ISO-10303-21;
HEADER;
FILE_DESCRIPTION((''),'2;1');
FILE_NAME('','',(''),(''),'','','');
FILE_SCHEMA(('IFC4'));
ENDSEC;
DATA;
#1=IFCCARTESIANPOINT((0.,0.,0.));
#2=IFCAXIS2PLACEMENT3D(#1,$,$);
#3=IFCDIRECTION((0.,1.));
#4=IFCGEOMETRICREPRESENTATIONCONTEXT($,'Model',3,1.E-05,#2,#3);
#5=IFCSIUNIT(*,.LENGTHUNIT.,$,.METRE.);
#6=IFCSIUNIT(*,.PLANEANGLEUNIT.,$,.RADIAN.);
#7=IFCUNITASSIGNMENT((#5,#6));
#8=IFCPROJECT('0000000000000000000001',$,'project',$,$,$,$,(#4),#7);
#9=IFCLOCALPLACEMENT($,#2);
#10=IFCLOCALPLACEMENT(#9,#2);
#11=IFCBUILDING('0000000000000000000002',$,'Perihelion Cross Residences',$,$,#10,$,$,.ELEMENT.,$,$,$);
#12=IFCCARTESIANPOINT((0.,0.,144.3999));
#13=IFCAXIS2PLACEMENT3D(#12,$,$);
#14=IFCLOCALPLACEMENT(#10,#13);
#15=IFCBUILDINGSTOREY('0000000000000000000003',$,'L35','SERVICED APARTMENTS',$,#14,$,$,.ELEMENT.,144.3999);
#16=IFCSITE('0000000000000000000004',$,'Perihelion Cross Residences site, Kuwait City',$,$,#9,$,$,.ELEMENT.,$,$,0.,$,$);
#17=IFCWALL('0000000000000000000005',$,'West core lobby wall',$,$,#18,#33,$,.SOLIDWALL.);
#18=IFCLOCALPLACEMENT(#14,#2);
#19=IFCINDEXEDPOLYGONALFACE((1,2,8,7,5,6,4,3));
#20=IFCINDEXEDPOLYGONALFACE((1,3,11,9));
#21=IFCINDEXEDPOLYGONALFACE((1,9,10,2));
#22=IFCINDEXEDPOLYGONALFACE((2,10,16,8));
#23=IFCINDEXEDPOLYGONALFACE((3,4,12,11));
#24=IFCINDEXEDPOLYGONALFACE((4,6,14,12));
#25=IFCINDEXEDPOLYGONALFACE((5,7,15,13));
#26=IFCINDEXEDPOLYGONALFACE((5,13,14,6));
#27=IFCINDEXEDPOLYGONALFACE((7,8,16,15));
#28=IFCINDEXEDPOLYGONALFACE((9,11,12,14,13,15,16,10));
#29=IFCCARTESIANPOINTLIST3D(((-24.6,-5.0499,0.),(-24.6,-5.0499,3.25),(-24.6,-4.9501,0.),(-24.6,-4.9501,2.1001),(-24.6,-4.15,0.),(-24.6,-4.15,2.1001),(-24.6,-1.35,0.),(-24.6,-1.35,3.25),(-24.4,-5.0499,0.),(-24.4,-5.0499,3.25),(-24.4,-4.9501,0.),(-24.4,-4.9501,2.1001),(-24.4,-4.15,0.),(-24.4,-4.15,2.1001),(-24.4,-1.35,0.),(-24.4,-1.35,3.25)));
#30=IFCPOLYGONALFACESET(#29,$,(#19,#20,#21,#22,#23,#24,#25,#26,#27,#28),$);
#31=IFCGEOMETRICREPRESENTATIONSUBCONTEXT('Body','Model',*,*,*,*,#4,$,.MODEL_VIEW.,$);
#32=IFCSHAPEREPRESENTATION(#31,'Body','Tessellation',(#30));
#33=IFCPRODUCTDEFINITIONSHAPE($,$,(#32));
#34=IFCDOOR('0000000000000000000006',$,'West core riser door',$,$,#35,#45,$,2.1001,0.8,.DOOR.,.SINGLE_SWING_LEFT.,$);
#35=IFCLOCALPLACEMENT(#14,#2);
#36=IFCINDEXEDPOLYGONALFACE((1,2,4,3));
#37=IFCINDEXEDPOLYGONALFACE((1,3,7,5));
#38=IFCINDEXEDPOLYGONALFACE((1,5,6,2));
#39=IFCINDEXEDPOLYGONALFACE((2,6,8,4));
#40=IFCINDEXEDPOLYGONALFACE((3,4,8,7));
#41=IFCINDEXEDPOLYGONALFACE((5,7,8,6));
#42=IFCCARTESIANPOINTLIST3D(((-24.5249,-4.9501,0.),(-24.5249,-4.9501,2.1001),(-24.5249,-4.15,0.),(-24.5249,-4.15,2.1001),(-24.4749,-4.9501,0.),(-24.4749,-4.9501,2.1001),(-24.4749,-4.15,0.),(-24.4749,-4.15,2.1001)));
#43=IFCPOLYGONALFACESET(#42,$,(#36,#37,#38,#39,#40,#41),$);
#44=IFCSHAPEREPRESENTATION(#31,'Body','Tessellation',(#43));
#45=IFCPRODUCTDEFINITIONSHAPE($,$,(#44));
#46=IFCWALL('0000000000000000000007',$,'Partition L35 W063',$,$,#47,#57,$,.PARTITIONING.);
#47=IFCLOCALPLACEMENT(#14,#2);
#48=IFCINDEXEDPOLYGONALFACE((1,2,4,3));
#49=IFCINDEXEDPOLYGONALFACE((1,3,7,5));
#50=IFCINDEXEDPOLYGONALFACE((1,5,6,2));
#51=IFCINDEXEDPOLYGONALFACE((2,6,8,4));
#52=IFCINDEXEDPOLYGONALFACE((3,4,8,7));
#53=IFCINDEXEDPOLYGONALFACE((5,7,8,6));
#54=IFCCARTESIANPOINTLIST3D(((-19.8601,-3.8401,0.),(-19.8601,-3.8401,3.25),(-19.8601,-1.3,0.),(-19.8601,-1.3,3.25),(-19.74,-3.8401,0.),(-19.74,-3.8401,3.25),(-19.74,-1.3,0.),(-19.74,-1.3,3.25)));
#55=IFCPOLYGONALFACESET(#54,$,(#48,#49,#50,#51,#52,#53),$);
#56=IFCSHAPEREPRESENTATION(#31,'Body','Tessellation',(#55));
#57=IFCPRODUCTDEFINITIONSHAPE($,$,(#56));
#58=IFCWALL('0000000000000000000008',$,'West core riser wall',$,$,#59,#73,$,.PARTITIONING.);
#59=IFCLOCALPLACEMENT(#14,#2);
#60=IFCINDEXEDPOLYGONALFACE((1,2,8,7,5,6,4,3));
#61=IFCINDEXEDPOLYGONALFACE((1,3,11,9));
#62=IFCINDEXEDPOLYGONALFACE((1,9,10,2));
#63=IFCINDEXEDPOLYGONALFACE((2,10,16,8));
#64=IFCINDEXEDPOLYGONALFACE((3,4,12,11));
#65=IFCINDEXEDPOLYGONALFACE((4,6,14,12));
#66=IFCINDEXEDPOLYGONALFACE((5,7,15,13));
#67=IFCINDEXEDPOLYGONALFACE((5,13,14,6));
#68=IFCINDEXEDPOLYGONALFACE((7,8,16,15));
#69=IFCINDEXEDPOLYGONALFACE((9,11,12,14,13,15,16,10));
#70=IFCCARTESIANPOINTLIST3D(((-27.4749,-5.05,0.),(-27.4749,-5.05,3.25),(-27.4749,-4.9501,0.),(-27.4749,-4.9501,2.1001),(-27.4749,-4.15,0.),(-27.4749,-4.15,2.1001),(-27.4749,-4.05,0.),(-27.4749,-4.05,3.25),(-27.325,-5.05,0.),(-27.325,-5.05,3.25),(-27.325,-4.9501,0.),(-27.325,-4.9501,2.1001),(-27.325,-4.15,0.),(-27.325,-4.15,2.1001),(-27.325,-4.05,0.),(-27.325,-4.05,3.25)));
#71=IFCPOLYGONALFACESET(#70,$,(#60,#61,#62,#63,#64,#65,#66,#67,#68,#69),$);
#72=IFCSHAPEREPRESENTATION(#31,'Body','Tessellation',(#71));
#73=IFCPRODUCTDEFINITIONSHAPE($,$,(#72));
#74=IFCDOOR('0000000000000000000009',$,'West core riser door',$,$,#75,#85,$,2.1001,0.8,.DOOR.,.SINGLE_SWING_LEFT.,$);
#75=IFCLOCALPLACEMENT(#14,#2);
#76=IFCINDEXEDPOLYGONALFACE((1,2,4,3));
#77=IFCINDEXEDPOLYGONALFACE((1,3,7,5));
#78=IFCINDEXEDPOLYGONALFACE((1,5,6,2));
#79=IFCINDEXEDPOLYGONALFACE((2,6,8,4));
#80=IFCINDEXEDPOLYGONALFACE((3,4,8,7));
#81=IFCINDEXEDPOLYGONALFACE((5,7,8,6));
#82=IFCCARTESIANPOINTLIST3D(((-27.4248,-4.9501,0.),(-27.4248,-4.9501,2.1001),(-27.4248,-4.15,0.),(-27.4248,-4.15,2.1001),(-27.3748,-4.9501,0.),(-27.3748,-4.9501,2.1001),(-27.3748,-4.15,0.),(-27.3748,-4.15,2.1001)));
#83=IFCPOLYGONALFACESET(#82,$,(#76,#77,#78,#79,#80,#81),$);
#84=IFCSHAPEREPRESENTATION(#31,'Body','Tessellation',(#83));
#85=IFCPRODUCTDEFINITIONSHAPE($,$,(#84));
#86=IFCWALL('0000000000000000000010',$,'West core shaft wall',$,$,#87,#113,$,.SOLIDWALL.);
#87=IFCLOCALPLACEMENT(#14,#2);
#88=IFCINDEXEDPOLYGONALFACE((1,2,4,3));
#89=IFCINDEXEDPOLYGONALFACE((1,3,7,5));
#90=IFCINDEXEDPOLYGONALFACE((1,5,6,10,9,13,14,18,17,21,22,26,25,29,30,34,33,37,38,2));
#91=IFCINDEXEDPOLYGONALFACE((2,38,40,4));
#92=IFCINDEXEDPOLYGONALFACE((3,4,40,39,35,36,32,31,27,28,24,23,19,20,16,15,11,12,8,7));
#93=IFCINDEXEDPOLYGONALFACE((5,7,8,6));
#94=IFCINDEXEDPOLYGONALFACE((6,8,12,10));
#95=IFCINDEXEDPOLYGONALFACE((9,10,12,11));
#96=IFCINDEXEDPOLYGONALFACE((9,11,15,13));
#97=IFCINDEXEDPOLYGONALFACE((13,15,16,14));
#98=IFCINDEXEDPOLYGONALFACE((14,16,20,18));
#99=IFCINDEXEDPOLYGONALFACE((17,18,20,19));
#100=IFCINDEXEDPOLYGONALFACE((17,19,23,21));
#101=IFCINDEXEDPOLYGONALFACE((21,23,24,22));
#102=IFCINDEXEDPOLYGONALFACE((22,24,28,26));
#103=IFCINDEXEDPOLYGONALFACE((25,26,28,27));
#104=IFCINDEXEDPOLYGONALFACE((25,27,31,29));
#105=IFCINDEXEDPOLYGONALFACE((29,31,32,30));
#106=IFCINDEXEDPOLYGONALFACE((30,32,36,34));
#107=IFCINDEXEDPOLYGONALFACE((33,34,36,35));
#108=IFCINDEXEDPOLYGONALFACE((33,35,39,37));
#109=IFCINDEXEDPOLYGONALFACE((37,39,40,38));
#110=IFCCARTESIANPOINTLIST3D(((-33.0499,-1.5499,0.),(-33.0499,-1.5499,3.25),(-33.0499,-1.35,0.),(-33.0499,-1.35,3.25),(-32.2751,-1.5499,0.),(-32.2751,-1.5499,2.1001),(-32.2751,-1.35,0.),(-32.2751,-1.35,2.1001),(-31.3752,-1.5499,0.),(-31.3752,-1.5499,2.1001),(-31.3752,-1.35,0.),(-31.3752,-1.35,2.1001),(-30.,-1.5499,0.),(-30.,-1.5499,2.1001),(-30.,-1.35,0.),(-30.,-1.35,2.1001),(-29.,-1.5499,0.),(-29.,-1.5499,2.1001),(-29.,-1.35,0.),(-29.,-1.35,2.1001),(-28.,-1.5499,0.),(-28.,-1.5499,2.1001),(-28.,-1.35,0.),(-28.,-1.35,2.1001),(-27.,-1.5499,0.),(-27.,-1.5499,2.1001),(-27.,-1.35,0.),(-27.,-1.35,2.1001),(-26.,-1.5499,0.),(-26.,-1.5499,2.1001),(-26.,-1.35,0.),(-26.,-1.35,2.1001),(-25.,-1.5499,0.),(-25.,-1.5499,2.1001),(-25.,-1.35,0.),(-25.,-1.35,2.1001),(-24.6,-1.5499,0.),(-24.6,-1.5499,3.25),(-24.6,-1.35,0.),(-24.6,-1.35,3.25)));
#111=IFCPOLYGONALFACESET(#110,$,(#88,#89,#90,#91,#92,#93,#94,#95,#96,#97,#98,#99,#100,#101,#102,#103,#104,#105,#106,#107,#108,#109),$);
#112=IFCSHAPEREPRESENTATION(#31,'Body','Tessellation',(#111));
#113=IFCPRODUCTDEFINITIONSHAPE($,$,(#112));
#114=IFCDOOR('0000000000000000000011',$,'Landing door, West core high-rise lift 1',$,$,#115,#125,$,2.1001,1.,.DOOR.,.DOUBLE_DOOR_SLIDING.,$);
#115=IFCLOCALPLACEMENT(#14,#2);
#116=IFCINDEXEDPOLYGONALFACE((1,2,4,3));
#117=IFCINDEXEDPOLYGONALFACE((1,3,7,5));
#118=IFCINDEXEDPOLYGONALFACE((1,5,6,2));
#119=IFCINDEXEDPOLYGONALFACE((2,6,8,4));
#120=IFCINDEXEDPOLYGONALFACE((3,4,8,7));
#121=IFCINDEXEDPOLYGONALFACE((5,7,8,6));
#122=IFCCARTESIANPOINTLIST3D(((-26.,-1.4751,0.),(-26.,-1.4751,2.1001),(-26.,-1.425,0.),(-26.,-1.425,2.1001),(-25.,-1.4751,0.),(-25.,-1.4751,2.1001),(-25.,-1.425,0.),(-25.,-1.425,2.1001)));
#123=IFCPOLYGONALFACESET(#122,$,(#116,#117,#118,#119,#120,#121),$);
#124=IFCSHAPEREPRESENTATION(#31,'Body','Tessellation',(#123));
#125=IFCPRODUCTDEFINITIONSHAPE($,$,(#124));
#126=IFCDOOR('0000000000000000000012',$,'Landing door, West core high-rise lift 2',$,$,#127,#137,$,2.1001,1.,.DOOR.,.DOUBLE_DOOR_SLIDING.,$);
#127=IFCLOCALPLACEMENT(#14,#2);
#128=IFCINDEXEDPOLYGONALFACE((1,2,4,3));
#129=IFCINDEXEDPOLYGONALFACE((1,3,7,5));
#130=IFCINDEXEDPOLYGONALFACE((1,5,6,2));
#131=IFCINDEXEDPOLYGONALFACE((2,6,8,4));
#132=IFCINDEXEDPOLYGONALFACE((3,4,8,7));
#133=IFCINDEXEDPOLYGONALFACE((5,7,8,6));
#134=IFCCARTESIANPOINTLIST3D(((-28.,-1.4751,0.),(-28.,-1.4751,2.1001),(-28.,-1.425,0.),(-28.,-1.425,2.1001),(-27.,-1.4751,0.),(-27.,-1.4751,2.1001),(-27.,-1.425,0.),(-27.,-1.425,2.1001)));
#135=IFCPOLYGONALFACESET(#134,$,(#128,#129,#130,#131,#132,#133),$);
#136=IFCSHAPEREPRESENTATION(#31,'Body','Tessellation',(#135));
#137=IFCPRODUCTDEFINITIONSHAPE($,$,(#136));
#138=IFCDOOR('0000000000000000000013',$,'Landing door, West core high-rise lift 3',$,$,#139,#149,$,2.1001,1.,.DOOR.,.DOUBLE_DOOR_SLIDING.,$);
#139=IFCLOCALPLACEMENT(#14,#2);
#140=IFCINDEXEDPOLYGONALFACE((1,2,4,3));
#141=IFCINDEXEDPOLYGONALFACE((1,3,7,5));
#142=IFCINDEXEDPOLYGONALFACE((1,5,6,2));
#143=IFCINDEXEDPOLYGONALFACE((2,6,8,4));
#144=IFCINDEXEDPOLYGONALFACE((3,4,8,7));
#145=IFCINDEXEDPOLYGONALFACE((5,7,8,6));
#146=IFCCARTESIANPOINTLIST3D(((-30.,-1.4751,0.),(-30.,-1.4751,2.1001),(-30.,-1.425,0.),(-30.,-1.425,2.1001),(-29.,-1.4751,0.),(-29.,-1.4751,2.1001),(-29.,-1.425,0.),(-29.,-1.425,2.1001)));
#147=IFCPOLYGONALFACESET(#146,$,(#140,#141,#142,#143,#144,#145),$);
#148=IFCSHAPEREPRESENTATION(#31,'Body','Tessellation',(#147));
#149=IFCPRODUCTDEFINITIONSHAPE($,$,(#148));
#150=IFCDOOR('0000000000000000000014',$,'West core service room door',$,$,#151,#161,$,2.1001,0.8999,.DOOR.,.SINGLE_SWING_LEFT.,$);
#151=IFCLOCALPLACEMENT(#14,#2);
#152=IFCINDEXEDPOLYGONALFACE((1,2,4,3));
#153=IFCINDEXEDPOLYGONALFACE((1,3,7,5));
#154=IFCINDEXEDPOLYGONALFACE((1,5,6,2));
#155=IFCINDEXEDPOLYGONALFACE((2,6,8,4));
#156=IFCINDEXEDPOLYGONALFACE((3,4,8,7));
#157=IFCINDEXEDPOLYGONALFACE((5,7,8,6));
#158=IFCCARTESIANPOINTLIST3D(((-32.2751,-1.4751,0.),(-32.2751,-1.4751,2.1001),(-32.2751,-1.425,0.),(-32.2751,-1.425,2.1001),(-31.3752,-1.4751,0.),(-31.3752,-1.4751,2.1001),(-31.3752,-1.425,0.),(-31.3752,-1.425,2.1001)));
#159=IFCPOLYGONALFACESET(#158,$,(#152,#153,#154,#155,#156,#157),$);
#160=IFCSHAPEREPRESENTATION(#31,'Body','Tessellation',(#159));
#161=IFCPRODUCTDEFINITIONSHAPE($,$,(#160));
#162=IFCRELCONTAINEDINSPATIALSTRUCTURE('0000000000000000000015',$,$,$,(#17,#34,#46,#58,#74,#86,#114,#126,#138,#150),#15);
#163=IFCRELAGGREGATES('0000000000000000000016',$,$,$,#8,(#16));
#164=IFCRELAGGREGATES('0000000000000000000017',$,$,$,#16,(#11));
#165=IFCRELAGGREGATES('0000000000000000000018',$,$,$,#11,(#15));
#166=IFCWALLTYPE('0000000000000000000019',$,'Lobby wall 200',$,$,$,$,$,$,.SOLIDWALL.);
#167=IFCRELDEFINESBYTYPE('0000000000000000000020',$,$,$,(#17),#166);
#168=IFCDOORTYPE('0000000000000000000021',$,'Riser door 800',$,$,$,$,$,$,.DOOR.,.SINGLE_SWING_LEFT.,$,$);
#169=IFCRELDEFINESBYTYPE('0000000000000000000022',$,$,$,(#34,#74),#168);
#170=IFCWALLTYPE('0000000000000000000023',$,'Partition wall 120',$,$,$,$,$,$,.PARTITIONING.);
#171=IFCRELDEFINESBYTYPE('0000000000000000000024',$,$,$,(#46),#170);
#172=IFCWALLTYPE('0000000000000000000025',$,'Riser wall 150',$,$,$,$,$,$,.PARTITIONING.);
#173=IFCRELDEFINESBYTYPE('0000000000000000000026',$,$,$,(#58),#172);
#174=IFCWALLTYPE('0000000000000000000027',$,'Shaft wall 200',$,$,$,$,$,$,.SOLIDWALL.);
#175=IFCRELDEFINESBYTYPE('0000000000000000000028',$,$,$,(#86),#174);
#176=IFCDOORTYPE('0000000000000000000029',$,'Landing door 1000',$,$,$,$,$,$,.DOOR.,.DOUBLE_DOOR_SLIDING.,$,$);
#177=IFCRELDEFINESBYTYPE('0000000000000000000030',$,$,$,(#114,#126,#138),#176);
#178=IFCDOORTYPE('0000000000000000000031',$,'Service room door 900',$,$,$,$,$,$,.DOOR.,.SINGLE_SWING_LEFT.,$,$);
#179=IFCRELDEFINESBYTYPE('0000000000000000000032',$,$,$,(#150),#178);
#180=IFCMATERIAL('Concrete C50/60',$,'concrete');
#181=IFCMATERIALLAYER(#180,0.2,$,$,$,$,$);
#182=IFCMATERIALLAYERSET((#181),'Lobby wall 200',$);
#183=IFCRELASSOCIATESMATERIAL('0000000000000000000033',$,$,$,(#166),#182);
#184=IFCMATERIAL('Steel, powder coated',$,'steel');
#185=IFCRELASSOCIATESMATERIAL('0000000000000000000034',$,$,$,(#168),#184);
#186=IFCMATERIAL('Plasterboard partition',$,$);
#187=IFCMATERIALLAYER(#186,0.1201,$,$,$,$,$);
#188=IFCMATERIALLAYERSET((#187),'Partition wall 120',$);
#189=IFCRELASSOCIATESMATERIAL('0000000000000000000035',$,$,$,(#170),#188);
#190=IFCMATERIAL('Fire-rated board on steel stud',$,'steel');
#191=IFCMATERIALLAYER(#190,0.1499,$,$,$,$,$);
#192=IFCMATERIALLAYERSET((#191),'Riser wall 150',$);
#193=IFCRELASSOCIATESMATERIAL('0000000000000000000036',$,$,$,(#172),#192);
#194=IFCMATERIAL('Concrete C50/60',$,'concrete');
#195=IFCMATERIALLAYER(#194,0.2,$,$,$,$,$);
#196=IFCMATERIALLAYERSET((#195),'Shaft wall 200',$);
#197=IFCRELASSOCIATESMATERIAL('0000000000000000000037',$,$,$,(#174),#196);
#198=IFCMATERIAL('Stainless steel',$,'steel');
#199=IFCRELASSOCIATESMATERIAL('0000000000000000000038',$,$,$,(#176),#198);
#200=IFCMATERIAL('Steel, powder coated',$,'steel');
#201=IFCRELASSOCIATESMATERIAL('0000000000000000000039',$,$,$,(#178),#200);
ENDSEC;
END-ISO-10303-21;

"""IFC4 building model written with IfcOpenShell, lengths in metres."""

from ifc_helpers import new_model, si_unit, direction, frame, frame_2d, origin, place, context, subcontext, project, spatial, rectangle, extrude, material, layer, layer_set, type_object, element, fill, save


model = new_model("IFC4")

# Units and contexts
model_context = context("Model", 3, precision=1e-05, world=origin(), true_north=direction((0.0, 1.0)))
body_context = subcontext(model_context, "Body", "Model", "MODEL_VIEW")
ifc_project = project(units=[si_unit("LENGTHUNIT", "METRE"), si_unit("PLANEANGLEUNIT", "RADIAN")], contexts=[model_context])

# Site, building, storey
site_placement = place(None, origin())
site = spatial("IfcSite", under=ifc_project, at=site_placement, Name="Perihelion Cross Residences site, Kuwait City", CompositionType="ELEMENT", RefElevation=0.0)
building_placement = place(site_placement, origin())
building = spatial("IfcBuilding", under=site, at=building_placement, Name="Perihelion Cross Residences", CompositionType="ELEMENT")
storey_placement = place(building_placement, frame((0.0, 0.0, 144.3999)))
storey = spatial("IfcBuildingStorey", under=building, at=storey_placement, Name="L35", Description="SERVICED APARTMENTS", CompositionType="ELEMENT", Elevation=144.3999)

# Wall, opening, door
ifc_material_1 = material(Name="Concrete C50/60", Category="concrete")
ifc_layer_1 = layer(ifc_material_1, 0.2)
ifc_layer_set_1 = layer_set([ifc_layer_1], Name="Lobby wall 200")
wall_type_1 = type_object("IfcWallType", Name="Lobby wall 200", PredefinedType="SOLIDWALL", material=ifc_layer_set_1)
wall_1_placement = place(storey_placement, frame((-24.5, -5.05, 0.0), z_axis=(0.0, 0.0, 1.0), x_axis=(0.0, 1.0, 0.0)))
wall_1 = element("IfcWall", 1, at=wall_1_placement, inside=storey, type_object=wall_type_1, Name="West core lobby wall", PredefinedType="SOLIDWALL", context=body_context, shape_type="SweptSolid", body=[
    extrude(rectangle(XDim=3.7, YDim=0.2, at=frame_2d((1.8501, 0.0))), origin(), (0.0, 0.0, 1.0), 3.25),
])
opening_1_placement = place(wall_1_placement, frame((0.1001, 0.0, 0.0)))
opening_1 = element("IfcOpeningElement", 2, at=opening_1_placement, cuts=wall_1, PredefinedType="OPENING", context=body_context, shape_type="SweptSolid", body=[
    extrude(rectangle(XDim=0.8, YDim=2.1001, at=frame_2d((0.3999, 1.05))), frame((0.0, 0.1099, 0.0), z_axis=(0.0, -1.0, 0.0), x_axis=(1.0, 0.0, 0.0)), (0.0, 0.0, 1.0), 0.22),
])
ifc_material_2 = material(Name="Steel, powder coated", Category="steel")
door_type_1 = type_object("IfcDoorType", Name="Riser door 800", OperationType="SINGLE_SWING_LEFT", PredefinedType="DOOR", material=ifc_material_2)
door_1_placement = place(opening_1_placement, origin())
door_1 = element("IfcDoor", 3, at=door_1_placement, inside=storey, type_object=door_type_1, Name="West core riser door", OperationType="SINGLE_SWING_LEFT", OverallHeight=2.1001, OverallWidth=0.8, PredefinedType="DOOR", context=body_context, shape_type="SweptSolid", body=[
    extrude(rectangle(XDim=0.8, YDim=2.1001, at=frame_2d((0.3999, 1.05))), frame((0.0, 0.0249, 0.0), z_axis=(0.0, -1.0, 0.0), x_axis=(1.0, 0.0, 0.0)), (0.0, 0.0, 1.0), 0.05),
])
fill(opening_1, door_1)

# Wall
ifc_material_3 = material(Name="Plasterboard partition")
ifc_layer_2 = layer(ifc_material_3, 0.1201)
ifc_layer_set_2 = layer_set([ifc_layer_2], Name="Partition wall 120")
wall_type_2 = type_object("IfcWallType", Name="Partition wall 120", PredefinedType="PARTITIONING", material=ifc_layer_set_2)
wall_2_placement = place(storey_placement, frame((-19.8, -3.8401, 0.0), z_axis=(0.0, 0.0, 1.0), x_axis=(0.0, 1.0, 0.0)))
element("IfcWall", 4, at=wall_2_placement, inside=storey, type_object=wall_type_2, Name="Partition L35 W063", PredefinedType="PARTITIONING", context=body_context, shape_type="SweptSolid", body=[
    extrude(rectangle(XDim=2.54, YDim=0.1201, at=frame_2d((1.27, 0.0))), origin(), (0.0, 0.0, 1.0), 3.25),
])

# Wall, opening, door
ifc_material_4 = material(Name="Fire-rated board on steel stud", Category="steel")
ifc_layer_3 = layer(ifc_material_4, 0.1499)
ifc_layer_set_3 = layer_set([ifc_layer_3], Name="Riser wall 150")
wall_type_3 = type_object("IfcWallType", Name="Riser wall 150", PredefinedType="PARTITIONING", material=ifc_layer_set_3)
wall_3_placement = place(storey_placement, frame((-27.3999, -5.05, 0.0), z_axis=(0.0, 0.0, 1.0), x_axis=(0.0, 1.0, 0.0)))
wall_3 = element("IfcWall", 5, at=wall_3_placement, inside=storey, type_object=wall_type_3, Name="West core riser wall", PredefinedType="PARTITIONING", context=body_context, shape_type="SweptSolid", body=[
    extrude(rectangle(XDim=1.0, YDim=0.1499, at=frame_2d((0.5, 0.0))), origin(), (0.0, 0.0, 1.0), 3.25),
])
opening_2_placement = place(wall_3_placement, frame((0.1001, 0.0, 0.0)))
opening_2 = element("IfcOpeningElement", 6, at=opening_2_placement, cuts=wall_3, PredefinedType="OPENING", context=body_context, shape_type="SweptSolid", body=[
    extrude(rectangle(XDim=0.8, YDim=2.1001, at=frame_2d((0.3999, 1.05))), frame((0.0, 0.085, 0.0), z_axis=(0.0, -1.0, 0.0), x_axis=(1.0, 0.0, 0.0)), (0.0, 0.0, 1.0), 0.1699),
])
door_2_placement = place(opening_2_placement, origin())
door_2 = element("IfcDoor", 7, at=door_2_placement, inside=storey, type_object=door_type_1, Name="West core riser door", OperationType="SINGLE_SWING_LEFT", OverallHeight=2.1001, OverallWidth=0.8, PredefinedType="DOOR", context=body_context, shape_type="SweptSolid", body=[
    extrude(rectangle(XDim=0.8, YDim=2.1001, at=frame_2d((0.3999, 1.05))), frame((0.0, 0.0249, 0.0), z_axis=(0.0, -1.0, 0.0), x_axis=(1.0, 0.0, 0.0)), (0.0, 0.0, 1.0), 0.05),
])
fill(opening_2, door_2)

# Wall, openings, doors
ifc_material_5 = material(Name="Concrete C50/60", Category="concrete")
ifc_layer_4 = layer(ifc_material_5, 0.2)
ifc_layer_set_4 = layer_set([ifc_layer_4], Name="Shaft wall 200")
wall_type_4 = type_object("IfcWallType", Name="Shaft wall 200", PredefinedType="SOLIDWALL", material=ifc_layer_set_4)
wall_4_placement = place(storey_placement, frame((-33.05, -1.45, 0.0), z_axis=(0.0, 0.0, 1.0), x_axis=(1.0, 0.0, 0.0)))
wall_4 = element("IfcWall", 8, at=wall_4_placement, inside=storey, type_object=wall_type_4, Name="West core shaft wall", PredefinedType="SOLIDWALL", context=body_context, shape_type="SweptSolid", body=[
    extrude(rectangle(XDim=8.45, YDim=0.2, at=frame_2d((4.2251, 0.0))), origin(), (0.0, 0.0, 1.0), 3.25),
])
opening_3_placement = place(wall_4_placement, frame((7.05, 0.0, 0.0)))
opening_3 = element("IfcOpeningElement", 9, at=opening_3_placement, cuts=wall_4, PredefinedType="OPENING", context=body_context, shape_type="SweptSolid", body=[
    extrude(rectangle(XDim=1.0, YDim=2.1001, at=frame_2d((0.5, 1.05))), frame((0.0, 0.1099, 0.0), z_axis=(0.0, -1.0, 0.0), x_axis=(1.0, 0.0, 0.0)), (0.0, 0.0, 1.0), 0.22),
])
opening_4_placement = place(wall_4_placement, frame((5.05, 0.0, 0.0)))
opening_4 = element("IfcOpeningElement", 10, at=opening_4_placement, cuts=wall_4, PredefinedType="OPENING", context=body_context, shape_type="SweptSolid", body=[
    extrude(rectangle(XDim=1.0, YDim=2.1001, at=frame_2d((0.5, 1.05))), frame((0.0, 0.1099, 0.0), z_axis=(0.0, -1.0, 0.0), x_axis=(1.0, 0.0, 0.0)), (0.0, 0.0, 1.0), 0.22),
])
opening_5_placement = place(wall_4_placement, frame((3.05, 0.0, 0.0)))
opening_5 = element("IfcOpeningElement", 11, at=opening_5_placement, cuts=wall_4, PredefinedType="OPENING", context=body_context, shape_type="SweptSolid", body=[
    extrude(rectangle(XDim=1.0, YDim=2.1001, at=frame_2d((0.5, 1.05))), frame((0.0, 0.1099, 0.0), z_axis=(0.0, -1.0, 0.0), x_axis=(1.0, 0.0, 0.0)), (0.0, 0.0, 1.0), 0.22),
])
opening_6_placement = place(wall_4_placement, frame((0.7749, 0.0, 0.0)))
opening_6 = element("IfcOpeningElement", 12, at=opening_6_placement, cuts=wall_4, PredefinedType="OPENING", context=body_context, shape_type="SweptSolid", body=[
    extrude(rectangle(XDim=0.8999, YDim=2.1001, at=frame_2d((0.45, 1.05))), frame((0.0, 0.1099, 0.0), z_axis=(0.0, -1.0, 0.0), x_axis=(1.0, 0.0, 0.0)), (0.0, 0.0, 1.0), 0.22),
])
ifc_material_6 = material(Name="Stainless steel", Category="steel")
door_type_2 = type_object("IfcDoorType", Name="Landing door 1000", OperationType="DOUBLE_DOOR_SLIDING", PredefinedType="DOOR", material=ifc_material_6)
door_3_placement = place(opening_3_placement, origin())
door_3 = element("IfcDoor", 13, at=door_3_placement, inside=storey, type_object=door_type_2, Name="Landing door, West core high-rise lift 1", OperationType="DOUBLE_DOOR_SLIDING", OverallHeight=2.1001, OverallWidth=1.0, PredefinedType="DOOR", context=body_context, shape_type="SweptSolid", body=[
    extrude(rectangle(XDim=1.0, YDim=2.1001, at=frame_2d((0.5, 1.05))), frame((0.0, 0.0249, 0.0), z_axis=(0.0, -1.0, 0.0), x_axis=(1.0, 0.0, 0.0)), (0.0, 0.0, 1.0), 0.05),
])
fill(opening_3, door_3)
door_4_placement = place(opening_4_placement, origin())
door_4 = element("IfcDoor", 14, at=door_4_placement, inside=storey, type_object=door_type_2, Name="Landing door, West core high-rise lift 2", OperationType="DOUBLE_DOOR_SLIDING", OverallHeight=2.1001, OverallWidth=1.0, PredefinedType="DOOR", context=body_context, shape_type="SweptSolid", body=[
    extrude(rectangle(XDim=1.0, YDim=2.1001, at=frame_2d((0.5, 1.05))), frame((0.0, 0.0249, 0.0), z_axis=(0.0, -1.0, 0.0), x_axis=(1.0, 0.0, 0.0)), (0.0, 0.0, 1.0), 0.05),
])
fill(opening_4, door_4)
door_5_placement = place(opening_5_placement, origin())
door_5 = element("IfcDoor", 15, at=door_5_placement, inside=storey, type_object=door_type_2, Name="Landing door, West core high-rise lift 3", OperationType="DOUBLE_DOOR_SLIDING", OverallHeight=2.1001, OverallWidth=1.0, PredefinedType="DOOR", context=body_context, shape_type="SweptSolid", body=[
    extrude(rectangle(XDim=1.0, YDim=2.1001, at=frame_2d((0.5, 1.05))), frame((0.0, 0.0249, 0.0), z_axis=(0.0, -1.0, 0.0), x_axis=(1.0, 0.0, 0.0)), (0.0, 0.0, 1.0), 0.05),
])
fill(opening_5, door_5)
ifc_material_7 = material(Name="Steel, powder coated", Category="steel")
door_type_3 = type_object("IfcDoorType", Name="Service room door 900", OperationType="SINGLE_SWING_LEFT", PredefinedType="DOOR", material=ifc_material_7)
door_6_placement = place(opening_6_placement, origin())
door_6 = element("IfcDoor", 16, at=door_6_placement, inside=storey, type_object=door_type_3, Name="West core service room door", OperationType="SINGLE_SWING_LEFT", OverallHeight=2.1001, OverallWidth=0.8999, PredefinedType="DOOR", context=body_context, shape_type="SweptSolid", body=[
    extrude(rectangle(XDim=0.8999, YDim=2.1001, at=frame_2d((0.45, 1.05))), frame((0.0, 0.0249, 0.0), z_axis=(0.0, -1.0, 0.0), x_axis=(1.0, 0.0, 0.0)), (0.0, 0.0, 1.0), 0.05),
])
fill(opening_6, door_6)

save(model, "model.ifc")
